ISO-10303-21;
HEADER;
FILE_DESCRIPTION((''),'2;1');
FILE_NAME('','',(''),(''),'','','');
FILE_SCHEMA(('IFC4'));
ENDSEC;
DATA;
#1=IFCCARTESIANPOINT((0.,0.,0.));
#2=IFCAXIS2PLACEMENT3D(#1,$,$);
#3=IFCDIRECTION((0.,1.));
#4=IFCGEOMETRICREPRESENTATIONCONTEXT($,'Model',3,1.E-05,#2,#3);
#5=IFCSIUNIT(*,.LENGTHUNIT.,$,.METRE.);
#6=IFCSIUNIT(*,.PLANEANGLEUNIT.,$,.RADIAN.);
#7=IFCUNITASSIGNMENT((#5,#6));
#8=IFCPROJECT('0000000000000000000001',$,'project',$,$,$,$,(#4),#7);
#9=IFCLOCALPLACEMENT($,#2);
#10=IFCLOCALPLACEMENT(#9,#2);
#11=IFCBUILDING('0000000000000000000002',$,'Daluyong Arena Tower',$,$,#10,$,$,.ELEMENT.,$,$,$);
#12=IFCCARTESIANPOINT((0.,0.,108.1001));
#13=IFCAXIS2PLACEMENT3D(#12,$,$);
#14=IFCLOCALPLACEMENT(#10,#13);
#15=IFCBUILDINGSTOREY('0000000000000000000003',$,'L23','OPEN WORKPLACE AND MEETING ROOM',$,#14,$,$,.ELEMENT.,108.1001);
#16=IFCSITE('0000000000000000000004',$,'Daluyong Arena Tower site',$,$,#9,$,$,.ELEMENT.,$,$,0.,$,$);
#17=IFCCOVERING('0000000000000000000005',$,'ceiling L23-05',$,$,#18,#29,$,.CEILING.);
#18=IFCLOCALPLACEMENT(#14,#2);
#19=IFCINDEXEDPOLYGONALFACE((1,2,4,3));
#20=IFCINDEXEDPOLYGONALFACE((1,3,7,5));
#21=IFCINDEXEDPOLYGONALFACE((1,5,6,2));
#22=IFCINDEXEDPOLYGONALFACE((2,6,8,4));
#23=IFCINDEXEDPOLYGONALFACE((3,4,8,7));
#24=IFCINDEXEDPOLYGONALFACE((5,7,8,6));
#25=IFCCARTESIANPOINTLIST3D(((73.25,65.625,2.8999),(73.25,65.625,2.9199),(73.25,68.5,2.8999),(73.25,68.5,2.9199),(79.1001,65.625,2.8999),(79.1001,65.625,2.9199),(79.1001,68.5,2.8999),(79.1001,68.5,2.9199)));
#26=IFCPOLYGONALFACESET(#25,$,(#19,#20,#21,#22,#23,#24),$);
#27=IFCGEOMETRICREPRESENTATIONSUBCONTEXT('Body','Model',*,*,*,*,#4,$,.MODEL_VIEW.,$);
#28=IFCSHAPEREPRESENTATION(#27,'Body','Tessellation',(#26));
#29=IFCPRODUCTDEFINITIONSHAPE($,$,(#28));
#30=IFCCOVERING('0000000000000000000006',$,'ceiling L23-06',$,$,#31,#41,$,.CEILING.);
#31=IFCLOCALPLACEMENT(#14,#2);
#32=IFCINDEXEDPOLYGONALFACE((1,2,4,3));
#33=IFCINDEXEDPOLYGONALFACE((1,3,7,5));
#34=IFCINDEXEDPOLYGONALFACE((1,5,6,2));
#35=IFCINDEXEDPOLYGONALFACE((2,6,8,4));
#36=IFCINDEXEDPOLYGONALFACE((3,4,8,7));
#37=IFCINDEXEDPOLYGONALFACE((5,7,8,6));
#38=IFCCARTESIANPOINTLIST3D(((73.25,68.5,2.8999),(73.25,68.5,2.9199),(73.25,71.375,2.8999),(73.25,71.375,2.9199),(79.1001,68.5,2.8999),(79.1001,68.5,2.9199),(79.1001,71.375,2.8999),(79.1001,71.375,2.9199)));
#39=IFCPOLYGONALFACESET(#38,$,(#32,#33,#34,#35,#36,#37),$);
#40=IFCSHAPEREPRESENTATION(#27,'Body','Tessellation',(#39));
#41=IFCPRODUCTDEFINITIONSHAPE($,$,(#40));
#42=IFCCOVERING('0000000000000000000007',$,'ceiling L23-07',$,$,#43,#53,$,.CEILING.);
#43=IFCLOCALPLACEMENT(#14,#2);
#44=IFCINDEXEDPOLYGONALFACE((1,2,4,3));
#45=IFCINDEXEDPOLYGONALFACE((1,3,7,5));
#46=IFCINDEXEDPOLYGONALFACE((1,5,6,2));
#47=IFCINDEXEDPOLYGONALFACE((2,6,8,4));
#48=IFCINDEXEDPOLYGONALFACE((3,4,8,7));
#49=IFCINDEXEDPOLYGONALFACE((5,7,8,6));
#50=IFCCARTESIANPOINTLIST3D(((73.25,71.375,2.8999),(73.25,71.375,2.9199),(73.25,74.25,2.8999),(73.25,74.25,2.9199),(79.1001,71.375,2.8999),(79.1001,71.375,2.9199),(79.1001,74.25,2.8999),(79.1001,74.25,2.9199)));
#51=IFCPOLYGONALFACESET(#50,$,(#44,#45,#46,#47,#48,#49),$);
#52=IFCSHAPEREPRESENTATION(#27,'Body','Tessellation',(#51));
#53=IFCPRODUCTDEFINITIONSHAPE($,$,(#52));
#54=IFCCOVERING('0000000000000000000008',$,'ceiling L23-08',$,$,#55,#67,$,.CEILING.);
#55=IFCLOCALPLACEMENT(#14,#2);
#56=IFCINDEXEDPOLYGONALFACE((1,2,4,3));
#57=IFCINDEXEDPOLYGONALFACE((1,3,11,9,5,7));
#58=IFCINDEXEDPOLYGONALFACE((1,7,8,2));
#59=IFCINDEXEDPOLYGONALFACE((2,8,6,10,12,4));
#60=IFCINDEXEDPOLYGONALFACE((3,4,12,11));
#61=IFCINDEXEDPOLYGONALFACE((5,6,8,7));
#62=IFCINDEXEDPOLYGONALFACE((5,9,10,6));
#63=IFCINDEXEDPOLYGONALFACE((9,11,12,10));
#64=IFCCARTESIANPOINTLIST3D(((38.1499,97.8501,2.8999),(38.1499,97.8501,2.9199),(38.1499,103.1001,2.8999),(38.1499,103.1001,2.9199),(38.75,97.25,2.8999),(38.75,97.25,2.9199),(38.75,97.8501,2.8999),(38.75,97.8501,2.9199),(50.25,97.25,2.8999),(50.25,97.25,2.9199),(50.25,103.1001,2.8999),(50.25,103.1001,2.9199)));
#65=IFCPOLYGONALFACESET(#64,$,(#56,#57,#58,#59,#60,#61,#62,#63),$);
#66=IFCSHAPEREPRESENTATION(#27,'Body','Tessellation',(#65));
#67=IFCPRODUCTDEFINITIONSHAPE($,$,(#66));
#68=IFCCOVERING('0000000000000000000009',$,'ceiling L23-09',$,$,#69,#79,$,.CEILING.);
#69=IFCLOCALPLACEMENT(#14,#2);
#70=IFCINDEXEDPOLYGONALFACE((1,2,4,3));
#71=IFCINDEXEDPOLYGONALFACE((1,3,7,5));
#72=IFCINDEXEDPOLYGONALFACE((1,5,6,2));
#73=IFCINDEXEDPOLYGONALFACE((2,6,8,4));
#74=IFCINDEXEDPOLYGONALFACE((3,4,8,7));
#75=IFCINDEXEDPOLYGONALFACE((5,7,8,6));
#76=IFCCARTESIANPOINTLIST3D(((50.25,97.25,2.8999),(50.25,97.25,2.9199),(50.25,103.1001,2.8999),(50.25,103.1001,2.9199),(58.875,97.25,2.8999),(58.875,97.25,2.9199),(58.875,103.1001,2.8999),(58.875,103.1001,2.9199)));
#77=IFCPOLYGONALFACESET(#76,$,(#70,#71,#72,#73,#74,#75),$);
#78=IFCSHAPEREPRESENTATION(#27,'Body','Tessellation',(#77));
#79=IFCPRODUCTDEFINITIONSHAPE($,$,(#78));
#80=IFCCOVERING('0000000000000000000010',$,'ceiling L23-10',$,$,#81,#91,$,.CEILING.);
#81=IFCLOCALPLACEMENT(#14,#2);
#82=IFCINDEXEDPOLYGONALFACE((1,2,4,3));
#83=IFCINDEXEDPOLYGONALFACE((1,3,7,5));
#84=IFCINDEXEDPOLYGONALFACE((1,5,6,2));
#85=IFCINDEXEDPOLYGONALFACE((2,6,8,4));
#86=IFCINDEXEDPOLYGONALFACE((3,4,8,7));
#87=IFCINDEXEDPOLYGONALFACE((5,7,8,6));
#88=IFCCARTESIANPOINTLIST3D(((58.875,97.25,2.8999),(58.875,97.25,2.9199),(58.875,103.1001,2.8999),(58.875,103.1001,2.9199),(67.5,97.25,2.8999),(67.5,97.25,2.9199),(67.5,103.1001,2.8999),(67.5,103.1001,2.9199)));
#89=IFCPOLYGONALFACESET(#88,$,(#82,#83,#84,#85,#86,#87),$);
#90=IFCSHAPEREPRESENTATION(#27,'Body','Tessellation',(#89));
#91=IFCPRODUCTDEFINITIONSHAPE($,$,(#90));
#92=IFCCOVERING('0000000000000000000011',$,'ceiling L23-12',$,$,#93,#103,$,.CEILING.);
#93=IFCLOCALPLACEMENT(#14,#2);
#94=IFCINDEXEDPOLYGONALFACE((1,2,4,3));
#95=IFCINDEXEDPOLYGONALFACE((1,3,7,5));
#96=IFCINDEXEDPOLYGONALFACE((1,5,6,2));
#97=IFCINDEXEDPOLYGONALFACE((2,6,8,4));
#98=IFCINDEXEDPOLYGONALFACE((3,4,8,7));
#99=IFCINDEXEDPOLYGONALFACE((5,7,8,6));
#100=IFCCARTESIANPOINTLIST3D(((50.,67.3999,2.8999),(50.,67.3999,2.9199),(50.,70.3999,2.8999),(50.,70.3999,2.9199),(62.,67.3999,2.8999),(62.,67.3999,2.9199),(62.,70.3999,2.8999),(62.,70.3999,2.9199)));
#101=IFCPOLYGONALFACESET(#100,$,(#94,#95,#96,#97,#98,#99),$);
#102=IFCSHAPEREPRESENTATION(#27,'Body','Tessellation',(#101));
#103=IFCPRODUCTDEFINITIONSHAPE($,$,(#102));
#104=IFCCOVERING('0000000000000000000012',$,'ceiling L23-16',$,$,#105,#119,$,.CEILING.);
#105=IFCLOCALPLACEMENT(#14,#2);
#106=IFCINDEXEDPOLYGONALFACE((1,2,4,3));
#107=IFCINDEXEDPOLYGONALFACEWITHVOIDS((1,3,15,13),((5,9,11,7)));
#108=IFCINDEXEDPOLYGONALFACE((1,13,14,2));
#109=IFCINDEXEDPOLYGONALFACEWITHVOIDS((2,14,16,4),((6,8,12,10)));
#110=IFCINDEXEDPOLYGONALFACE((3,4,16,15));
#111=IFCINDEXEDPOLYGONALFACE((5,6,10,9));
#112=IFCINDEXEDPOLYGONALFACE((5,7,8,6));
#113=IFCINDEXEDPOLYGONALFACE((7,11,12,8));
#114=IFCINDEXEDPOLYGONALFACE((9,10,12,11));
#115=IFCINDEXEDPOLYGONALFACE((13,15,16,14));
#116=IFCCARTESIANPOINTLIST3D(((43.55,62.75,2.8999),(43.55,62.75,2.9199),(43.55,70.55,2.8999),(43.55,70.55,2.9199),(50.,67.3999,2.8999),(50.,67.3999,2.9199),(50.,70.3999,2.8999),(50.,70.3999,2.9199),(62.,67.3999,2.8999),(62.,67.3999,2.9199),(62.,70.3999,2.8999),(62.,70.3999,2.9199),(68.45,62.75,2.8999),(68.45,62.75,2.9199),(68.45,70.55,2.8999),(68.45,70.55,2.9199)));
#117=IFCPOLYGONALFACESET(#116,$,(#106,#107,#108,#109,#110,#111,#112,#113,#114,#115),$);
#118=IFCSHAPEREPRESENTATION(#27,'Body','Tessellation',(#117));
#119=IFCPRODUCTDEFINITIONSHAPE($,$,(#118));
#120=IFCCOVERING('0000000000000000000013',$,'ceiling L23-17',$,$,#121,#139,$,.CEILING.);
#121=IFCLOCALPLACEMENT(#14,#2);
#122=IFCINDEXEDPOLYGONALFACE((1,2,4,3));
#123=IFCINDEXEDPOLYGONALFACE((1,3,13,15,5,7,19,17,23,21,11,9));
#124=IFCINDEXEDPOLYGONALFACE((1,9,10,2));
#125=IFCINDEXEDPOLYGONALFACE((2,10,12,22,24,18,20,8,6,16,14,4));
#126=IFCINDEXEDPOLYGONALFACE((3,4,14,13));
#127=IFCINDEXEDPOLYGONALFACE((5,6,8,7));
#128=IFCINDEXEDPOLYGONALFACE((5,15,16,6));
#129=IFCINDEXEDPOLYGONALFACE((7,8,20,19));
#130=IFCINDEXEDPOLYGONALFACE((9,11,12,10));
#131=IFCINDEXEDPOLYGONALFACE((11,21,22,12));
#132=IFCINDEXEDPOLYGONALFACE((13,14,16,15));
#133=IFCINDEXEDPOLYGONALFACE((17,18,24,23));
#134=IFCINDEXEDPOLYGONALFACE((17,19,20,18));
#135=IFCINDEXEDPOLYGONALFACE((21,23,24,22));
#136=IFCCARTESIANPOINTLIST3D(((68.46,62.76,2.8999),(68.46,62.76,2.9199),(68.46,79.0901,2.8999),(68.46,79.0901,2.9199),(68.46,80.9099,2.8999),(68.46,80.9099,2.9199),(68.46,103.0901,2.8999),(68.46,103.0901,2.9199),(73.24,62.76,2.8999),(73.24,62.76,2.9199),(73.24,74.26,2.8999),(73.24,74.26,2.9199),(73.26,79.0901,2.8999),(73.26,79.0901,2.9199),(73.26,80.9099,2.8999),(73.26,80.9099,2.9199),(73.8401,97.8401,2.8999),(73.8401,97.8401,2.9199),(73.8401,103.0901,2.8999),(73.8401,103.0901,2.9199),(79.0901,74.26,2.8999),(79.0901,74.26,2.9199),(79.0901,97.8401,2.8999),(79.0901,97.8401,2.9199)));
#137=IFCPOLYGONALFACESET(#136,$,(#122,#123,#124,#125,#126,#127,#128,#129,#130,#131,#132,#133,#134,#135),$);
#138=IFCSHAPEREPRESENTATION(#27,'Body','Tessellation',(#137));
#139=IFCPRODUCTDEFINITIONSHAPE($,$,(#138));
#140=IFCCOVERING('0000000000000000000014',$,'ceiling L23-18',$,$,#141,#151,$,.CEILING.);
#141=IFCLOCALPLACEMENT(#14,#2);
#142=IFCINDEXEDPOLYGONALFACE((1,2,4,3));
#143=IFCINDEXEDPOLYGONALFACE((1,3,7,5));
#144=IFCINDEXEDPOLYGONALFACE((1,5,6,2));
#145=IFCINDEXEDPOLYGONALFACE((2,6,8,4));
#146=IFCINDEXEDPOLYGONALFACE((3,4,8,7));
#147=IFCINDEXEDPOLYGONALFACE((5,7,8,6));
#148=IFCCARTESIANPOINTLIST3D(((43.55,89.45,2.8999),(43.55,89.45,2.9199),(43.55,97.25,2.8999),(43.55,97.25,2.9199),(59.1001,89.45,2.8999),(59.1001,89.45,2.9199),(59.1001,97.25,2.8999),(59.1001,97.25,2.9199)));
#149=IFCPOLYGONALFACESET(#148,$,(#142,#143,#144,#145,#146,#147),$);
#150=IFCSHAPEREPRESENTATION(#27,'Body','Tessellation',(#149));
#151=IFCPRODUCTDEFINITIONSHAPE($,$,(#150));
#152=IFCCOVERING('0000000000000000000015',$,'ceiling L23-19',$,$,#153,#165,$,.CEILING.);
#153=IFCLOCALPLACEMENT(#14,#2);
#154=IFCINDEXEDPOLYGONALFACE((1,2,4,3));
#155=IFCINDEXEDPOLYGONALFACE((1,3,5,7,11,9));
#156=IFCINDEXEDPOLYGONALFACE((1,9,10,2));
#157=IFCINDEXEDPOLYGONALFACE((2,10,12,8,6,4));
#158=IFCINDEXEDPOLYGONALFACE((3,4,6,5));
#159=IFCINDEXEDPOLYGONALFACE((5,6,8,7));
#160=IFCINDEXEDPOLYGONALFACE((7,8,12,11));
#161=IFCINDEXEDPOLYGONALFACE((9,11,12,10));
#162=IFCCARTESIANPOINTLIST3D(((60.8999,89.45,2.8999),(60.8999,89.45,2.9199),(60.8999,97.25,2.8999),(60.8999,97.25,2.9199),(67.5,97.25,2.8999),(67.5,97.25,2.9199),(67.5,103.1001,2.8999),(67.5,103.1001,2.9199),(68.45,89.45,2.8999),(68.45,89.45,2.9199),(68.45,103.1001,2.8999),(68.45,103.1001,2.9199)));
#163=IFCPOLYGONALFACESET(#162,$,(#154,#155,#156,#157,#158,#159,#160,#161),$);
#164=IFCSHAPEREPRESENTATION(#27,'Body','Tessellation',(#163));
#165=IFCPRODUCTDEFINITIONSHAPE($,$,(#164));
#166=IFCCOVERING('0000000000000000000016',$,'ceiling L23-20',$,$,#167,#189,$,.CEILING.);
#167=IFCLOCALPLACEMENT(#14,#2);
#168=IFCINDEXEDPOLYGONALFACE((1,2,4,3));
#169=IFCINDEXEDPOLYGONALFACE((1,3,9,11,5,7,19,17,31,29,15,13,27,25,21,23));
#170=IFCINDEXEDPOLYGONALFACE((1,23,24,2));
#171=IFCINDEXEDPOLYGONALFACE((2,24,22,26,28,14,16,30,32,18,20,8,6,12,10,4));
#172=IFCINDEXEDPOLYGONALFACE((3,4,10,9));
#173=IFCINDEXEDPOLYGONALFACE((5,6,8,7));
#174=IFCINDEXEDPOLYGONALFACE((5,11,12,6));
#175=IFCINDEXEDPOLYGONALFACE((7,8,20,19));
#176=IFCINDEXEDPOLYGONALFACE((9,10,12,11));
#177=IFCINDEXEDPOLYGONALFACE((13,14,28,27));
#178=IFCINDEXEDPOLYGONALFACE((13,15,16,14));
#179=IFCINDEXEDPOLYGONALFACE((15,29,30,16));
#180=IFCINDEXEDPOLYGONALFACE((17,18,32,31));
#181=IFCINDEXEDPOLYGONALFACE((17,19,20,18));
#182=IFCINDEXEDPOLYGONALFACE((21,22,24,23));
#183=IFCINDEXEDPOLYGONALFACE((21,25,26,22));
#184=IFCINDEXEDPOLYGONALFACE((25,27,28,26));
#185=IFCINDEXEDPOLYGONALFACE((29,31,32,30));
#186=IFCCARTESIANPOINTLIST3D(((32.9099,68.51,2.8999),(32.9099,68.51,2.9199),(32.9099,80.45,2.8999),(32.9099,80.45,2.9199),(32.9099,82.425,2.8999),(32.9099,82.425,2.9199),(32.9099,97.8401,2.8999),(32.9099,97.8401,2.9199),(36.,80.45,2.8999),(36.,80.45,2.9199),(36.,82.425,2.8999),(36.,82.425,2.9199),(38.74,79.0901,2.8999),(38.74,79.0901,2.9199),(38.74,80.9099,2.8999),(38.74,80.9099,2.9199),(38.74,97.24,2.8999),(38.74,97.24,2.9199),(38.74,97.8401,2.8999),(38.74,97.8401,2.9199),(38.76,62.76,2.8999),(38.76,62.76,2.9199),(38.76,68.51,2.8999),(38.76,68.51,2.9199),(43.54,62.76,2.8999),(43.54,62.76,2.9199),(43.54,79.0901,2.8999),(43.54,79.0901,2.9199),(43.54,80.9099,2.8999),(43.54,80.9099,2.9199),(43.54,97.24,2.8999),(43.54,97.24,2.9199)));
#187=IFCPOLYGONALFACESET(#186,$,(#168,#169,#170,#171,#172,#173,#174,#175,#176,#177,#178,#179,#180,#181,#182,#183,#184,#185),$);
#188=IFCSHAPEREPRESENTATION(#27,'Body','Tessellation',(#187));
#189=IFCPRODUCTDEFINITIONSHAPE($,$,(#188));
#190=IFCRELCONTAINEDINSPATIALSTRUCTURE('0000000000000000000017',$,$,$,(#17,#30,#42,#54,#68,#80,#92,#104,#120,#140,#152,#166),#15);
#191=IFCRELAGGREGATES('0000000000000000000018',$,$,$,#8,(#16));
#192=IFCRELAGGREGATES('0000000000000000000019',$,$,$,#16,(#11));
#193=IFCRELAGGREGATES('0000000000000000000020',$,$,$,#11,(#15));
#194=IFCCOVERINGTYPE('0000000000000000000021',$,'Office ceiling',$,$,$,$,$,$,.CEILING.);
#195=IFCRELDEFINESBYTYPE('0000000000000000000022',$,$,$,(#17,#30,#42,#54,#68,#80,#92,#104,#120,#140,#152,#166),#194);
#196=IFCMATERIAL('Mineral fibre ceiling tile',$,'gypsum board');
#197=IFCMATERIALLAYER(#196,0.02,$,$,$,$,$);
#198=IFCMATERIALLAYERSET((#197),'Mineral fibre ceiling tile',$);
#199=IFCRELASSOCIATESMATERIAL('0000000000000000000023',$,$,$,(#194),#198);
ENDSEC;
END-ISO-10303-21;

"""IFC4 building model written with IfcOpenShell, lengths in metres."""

from ifc_helpers import new_model, si_unit, direction, frame, origin, place, context, subcontext, project, spatial, polyline, outline, extrude, material, layer, layer_set, type_object, element, save


model = new_model("IFC4")

# Units and contexts
model_context = context("Model", 3, precision=1e-05, world=origin(), true_north=direction((0.0, 1.0)))
body_context = subcontext(model_context, "Body", "Model", "MODEL_VIEW")
ifc_project = project(units=[si_unit("LENGTHUNIT", "METRE"), si_unit("PLANEANGLEUNIT", "RADIAN")], contexts=[model_context])

# Site, building, storey
site_placement = place(None, origin())
site = spatial("IfcSite", under=ifc_project, at=site_placement, Name="Daluyong Arena Tower site", CompositionType="ELEMENT", RefElevation=0.0)
building_placement = place(site_placement, origin())
building = spatial("IfcBuilding", under=site, at=building_placement, Name="Daluyong Arena Tower", CompositionType="ELEMENT")
storey_placement = place(building_placement, frame((0.0, 0.0, 108.1001)))
storey = spatial("IfcBuildingStorey", under=building, at=storey_placement, Name="L23", Description="OPEN WORKPLACE AND MEETING ROOM", CompositionType="ELEMENT", Elevation=108.1001)

# Coverings
ifc_material_1 = material(Name="Mineral fibre ceiling tile", Category="gypsum board")
ifc_layer_1 = layer(ifc_material_1, 0.02)
ifc_layer_set_1 = layer_set([ifc_layer_1], Name="Mineral fibre ceiling tile")
covering_type_1 = type_object("IfcCoveringType", Name="Office ceiling", PredefinedType="CEILING", material=ifc_layer_set_1)
covering_1_placement = place(storey_placement, frame((0.0, 0.0, 2.8999)))
element("IfcCovering", 1, at=covering_1_placement, inside=storey, type_object=covering_type_1, Name="ceiling L23-05", PredefinedType="CEILING", context=body_context, shape_type="SweptSolid", body=[
    extrude(outline(polyline([(73.25, 65.625), (79.1001, 65.625), (79.1001, 68.5), (73.25, 68.5), (73.25, 65.625)])), origin(), (0.0, 0.0, 1.0), 0.02),
])
covering_2_placement = place(storey_placement, frame((0.0, 0.0, 2.8999)))
element("IfcCovering", 2, at=covering_2_placement, inside=storey, type_object=covering_type_1, Name="ceiling L23-06", PredefinedType="CEILING", context=body_context, shape_type="SweptSolid", body=[
    extrude(outline(polyline([(73.25, 68.5), (79.1001, 68.5), (79.1001, 71.375), (73.25, 71.375), (73.25, 68.5)])), origin(), (0.0, 0.0, 1.0), 0.02),
])
covering_3_placement = place(storey_placement, frame((0.0, 0.0, 2.8999)))
element("IfcCovering", 3, at=covering_3_placement, inside=storey, type_object=covering_type_1, Name="ceiling L23-07", PredefinedType="CEILING", context=body_context, shape_type="SweptSolid", body=[
    extrude(outline(polyline([(73.25, 71.375), (79.1001, 71.375), (79.1001, 74.25), (73.25, 74.25), (73.25, 71.375)])), origin(), (0.0, 0.0, 1.0), 0.02),
])
covering_4_placement = place(storey_placement, frame((0.0, 0.0, 2.8999)))
element("IfcCovering", 4, at=covering_4_placement, inside=storey, type_object=covering_type_1, Name="ceiling L23-08", PredefinedType="CEILING", context=body_context, shape_type="SweptSolid", body=[
    extrude(outline(polyline([(50.25, 97.25), (50.25, 103.1001), (38.1499, 103.1001), (38.1499, 97.8501), (38.75, 97.8501), (38.75, 97.25), (50.25, 97.25)])), origin(), (0.0, 0.0, 1.0), 0.02),
])
covering_5_placement = place(storey_placement, frame((0.0, 0.0, 2.8999)))
element("IfcCovering", 5, at=covering_5_placement, inside=storey, type_object=covering_type_1, Name="ceiling L23-09", PredefinedType="CEILING", context=body_context, shape_type="SweptSolid", body=[
    extrude(outline(polyline([(58.875, 97.25), (58.875, 103.1001), (50.25, 103.1001), (50.25, 97.25), (58.875, 97.25)])), origin(), (0.0, 0.0, 1.0), 0.02),
])
covering_6_placement = place(storey_placement, frame((0.0, 0.0, 2.8999)))
element("IfcCovering", 6, at=covering_6_placement, inside=storey, type_object=covering_type_1, Name="ceiling L23-10", PredefinedType="CEILING", context=body_context, shape_type="SweptSolid", body=[
    extrude(outline(polyline([(67.5, 97.25), (67.5, 103.1001), (58.875, 103.1001), (58.875, 97.25), (67.5, 97.25)])), origin(), (0.0, 0.0, 1.0), 0.02),
])
covering_7_placement = place(storey_placement, frame((0.0, 0.0, 2.8999)))
element("IfcCovering", 7, at=covering_7_placement, inside=storey, type_object=covering_type_1, Name="ceiling L23-12", PredefinedType="CEILING", context=body_context, shape_type="SweptSolid", body=[
    extrude(outline(polyline([(50.0, 67.3999), (62.0, 67.3999), (62.0, 70.3999), (50.0, 70.3999), (50.0, 67.3999)])), origin(), (0.0, 0.0, 1.0), 0.02),
])
covering_8_placement = place(storey_placement, frame((0.0, 0.0, 2.8999)))
element("IfcCovering", 8, at=covering_8_placement, inside=storey, type_object=covering_type_1, Name="ceiling L23-16", PredefinedType="CEILING", context=body_context, shape_type="SweptSolid", body=[
    extrude(outline(polyline([(68.45, 70.55), (43.55, 70.55), (43.55, 62.75), (68.45, 62.75), (68.45, 70.55)]), holes=[polyline([(62.0, 70.3999), (62.0, 67.3999), (50.0, 67.3999), (50.0, 70.3999), (62.0, 70.3999)])]), origin(), (0.0, 0.0, 1.0), 0.02),
])
covering_9_placement = place(storey_placement, frame((0.0, 0.0, 2.8999)))
element("IfcCovering", 9, at=covering_9_placement, inside=storey, type_object=covering_type_1, Name="ceiling L23-17", PredefinedType="CEILING", context=body_context, shape_type="SweptSolid", body=[
    extrude(outline(polyline([(73.24, 62.76), (73.24, 74.26), (79.0901, 74.26), (79.0901, 97.8401), (73.8401, 97.8401), (73.8401, 103.0901), (68.46, 103.0901), (68.46, 80.9099), (73.26, 80.9099), (73.26, 79.0901), (68.46, 79.0901), (68.46, 62.76), (73.24, 62.76)])), origin(), (0.0, 0.0, 1.0), 0.02),
])
covering_10_placement = place(storey_placement, frame((0.0, 0.0, 2.8999)))
element("IfcCovering", 10, at=covering_10_placement, inside=storey, type_object=covering_type_1, Name="ceiling L23-18", PredefinedType="CEILING", context=body_context, shape_type="SweptSolid", body=[
    extrude(outline(polyline([(43.55, 97.25), (43.55, 89.45), (59.1001, 89.45), (59.1001, 97.25), (43.55, 97.25)])), origin(), (0.0, 0.0, 1.0), 0.02),
])
covering_11_placement = place(storey_placement, frame((0.0, 0.0, 2.8999)))
element("IfcCovering", 11, at=covering_11_placement, inside=storey, type_object=covering_type_1, Name="ceiling L23-19", PredefinedType="CEILING", context=body_context, shape_type="SweptSolid", body=[
    extrude(outline(polyline([(60.8999, 89.45), (68.45, 89.45), (68.45, 103.1001), (67.5, 103.1001), (67.5, 97.25), (60.8999, 97.25), (60.8999, 89.45)])), origin(), (0.0, 0.0, 1.0), 0.02),
])
covering_12_placement = place(storey_placement, frame((0.0, 0.0, 2.8999)))
element("IfcCovering", 12, at=covering_12_placement, inside=storey, type_object=covering_type_1, Name="ceiling L23-20", PredefinedType="CEILING", context=body_context, shape_type="SweptSolid", body=[
    extrude(outline(polyline([(38.76, 68.51), (38.76, 62.76), (43.54, 62.76), (43.54, 79.0901), (38.74, 79.0901), (38.74, 80.9099), (43.54, 80.9099), (43.54, 97.24), (38.74, 97.24), (38.74, 97.8401), (32.9099, 97.8401), (32.9099, 82.425), (36.0, 82.425), (36.0, 80.45), (32.9099, 80.45), (32.9099, 68.51), (38.76, 68.51)])), origin(), (0.0, 0.0, 1.0), 0.02),
])

save(model, "model.ifc")
